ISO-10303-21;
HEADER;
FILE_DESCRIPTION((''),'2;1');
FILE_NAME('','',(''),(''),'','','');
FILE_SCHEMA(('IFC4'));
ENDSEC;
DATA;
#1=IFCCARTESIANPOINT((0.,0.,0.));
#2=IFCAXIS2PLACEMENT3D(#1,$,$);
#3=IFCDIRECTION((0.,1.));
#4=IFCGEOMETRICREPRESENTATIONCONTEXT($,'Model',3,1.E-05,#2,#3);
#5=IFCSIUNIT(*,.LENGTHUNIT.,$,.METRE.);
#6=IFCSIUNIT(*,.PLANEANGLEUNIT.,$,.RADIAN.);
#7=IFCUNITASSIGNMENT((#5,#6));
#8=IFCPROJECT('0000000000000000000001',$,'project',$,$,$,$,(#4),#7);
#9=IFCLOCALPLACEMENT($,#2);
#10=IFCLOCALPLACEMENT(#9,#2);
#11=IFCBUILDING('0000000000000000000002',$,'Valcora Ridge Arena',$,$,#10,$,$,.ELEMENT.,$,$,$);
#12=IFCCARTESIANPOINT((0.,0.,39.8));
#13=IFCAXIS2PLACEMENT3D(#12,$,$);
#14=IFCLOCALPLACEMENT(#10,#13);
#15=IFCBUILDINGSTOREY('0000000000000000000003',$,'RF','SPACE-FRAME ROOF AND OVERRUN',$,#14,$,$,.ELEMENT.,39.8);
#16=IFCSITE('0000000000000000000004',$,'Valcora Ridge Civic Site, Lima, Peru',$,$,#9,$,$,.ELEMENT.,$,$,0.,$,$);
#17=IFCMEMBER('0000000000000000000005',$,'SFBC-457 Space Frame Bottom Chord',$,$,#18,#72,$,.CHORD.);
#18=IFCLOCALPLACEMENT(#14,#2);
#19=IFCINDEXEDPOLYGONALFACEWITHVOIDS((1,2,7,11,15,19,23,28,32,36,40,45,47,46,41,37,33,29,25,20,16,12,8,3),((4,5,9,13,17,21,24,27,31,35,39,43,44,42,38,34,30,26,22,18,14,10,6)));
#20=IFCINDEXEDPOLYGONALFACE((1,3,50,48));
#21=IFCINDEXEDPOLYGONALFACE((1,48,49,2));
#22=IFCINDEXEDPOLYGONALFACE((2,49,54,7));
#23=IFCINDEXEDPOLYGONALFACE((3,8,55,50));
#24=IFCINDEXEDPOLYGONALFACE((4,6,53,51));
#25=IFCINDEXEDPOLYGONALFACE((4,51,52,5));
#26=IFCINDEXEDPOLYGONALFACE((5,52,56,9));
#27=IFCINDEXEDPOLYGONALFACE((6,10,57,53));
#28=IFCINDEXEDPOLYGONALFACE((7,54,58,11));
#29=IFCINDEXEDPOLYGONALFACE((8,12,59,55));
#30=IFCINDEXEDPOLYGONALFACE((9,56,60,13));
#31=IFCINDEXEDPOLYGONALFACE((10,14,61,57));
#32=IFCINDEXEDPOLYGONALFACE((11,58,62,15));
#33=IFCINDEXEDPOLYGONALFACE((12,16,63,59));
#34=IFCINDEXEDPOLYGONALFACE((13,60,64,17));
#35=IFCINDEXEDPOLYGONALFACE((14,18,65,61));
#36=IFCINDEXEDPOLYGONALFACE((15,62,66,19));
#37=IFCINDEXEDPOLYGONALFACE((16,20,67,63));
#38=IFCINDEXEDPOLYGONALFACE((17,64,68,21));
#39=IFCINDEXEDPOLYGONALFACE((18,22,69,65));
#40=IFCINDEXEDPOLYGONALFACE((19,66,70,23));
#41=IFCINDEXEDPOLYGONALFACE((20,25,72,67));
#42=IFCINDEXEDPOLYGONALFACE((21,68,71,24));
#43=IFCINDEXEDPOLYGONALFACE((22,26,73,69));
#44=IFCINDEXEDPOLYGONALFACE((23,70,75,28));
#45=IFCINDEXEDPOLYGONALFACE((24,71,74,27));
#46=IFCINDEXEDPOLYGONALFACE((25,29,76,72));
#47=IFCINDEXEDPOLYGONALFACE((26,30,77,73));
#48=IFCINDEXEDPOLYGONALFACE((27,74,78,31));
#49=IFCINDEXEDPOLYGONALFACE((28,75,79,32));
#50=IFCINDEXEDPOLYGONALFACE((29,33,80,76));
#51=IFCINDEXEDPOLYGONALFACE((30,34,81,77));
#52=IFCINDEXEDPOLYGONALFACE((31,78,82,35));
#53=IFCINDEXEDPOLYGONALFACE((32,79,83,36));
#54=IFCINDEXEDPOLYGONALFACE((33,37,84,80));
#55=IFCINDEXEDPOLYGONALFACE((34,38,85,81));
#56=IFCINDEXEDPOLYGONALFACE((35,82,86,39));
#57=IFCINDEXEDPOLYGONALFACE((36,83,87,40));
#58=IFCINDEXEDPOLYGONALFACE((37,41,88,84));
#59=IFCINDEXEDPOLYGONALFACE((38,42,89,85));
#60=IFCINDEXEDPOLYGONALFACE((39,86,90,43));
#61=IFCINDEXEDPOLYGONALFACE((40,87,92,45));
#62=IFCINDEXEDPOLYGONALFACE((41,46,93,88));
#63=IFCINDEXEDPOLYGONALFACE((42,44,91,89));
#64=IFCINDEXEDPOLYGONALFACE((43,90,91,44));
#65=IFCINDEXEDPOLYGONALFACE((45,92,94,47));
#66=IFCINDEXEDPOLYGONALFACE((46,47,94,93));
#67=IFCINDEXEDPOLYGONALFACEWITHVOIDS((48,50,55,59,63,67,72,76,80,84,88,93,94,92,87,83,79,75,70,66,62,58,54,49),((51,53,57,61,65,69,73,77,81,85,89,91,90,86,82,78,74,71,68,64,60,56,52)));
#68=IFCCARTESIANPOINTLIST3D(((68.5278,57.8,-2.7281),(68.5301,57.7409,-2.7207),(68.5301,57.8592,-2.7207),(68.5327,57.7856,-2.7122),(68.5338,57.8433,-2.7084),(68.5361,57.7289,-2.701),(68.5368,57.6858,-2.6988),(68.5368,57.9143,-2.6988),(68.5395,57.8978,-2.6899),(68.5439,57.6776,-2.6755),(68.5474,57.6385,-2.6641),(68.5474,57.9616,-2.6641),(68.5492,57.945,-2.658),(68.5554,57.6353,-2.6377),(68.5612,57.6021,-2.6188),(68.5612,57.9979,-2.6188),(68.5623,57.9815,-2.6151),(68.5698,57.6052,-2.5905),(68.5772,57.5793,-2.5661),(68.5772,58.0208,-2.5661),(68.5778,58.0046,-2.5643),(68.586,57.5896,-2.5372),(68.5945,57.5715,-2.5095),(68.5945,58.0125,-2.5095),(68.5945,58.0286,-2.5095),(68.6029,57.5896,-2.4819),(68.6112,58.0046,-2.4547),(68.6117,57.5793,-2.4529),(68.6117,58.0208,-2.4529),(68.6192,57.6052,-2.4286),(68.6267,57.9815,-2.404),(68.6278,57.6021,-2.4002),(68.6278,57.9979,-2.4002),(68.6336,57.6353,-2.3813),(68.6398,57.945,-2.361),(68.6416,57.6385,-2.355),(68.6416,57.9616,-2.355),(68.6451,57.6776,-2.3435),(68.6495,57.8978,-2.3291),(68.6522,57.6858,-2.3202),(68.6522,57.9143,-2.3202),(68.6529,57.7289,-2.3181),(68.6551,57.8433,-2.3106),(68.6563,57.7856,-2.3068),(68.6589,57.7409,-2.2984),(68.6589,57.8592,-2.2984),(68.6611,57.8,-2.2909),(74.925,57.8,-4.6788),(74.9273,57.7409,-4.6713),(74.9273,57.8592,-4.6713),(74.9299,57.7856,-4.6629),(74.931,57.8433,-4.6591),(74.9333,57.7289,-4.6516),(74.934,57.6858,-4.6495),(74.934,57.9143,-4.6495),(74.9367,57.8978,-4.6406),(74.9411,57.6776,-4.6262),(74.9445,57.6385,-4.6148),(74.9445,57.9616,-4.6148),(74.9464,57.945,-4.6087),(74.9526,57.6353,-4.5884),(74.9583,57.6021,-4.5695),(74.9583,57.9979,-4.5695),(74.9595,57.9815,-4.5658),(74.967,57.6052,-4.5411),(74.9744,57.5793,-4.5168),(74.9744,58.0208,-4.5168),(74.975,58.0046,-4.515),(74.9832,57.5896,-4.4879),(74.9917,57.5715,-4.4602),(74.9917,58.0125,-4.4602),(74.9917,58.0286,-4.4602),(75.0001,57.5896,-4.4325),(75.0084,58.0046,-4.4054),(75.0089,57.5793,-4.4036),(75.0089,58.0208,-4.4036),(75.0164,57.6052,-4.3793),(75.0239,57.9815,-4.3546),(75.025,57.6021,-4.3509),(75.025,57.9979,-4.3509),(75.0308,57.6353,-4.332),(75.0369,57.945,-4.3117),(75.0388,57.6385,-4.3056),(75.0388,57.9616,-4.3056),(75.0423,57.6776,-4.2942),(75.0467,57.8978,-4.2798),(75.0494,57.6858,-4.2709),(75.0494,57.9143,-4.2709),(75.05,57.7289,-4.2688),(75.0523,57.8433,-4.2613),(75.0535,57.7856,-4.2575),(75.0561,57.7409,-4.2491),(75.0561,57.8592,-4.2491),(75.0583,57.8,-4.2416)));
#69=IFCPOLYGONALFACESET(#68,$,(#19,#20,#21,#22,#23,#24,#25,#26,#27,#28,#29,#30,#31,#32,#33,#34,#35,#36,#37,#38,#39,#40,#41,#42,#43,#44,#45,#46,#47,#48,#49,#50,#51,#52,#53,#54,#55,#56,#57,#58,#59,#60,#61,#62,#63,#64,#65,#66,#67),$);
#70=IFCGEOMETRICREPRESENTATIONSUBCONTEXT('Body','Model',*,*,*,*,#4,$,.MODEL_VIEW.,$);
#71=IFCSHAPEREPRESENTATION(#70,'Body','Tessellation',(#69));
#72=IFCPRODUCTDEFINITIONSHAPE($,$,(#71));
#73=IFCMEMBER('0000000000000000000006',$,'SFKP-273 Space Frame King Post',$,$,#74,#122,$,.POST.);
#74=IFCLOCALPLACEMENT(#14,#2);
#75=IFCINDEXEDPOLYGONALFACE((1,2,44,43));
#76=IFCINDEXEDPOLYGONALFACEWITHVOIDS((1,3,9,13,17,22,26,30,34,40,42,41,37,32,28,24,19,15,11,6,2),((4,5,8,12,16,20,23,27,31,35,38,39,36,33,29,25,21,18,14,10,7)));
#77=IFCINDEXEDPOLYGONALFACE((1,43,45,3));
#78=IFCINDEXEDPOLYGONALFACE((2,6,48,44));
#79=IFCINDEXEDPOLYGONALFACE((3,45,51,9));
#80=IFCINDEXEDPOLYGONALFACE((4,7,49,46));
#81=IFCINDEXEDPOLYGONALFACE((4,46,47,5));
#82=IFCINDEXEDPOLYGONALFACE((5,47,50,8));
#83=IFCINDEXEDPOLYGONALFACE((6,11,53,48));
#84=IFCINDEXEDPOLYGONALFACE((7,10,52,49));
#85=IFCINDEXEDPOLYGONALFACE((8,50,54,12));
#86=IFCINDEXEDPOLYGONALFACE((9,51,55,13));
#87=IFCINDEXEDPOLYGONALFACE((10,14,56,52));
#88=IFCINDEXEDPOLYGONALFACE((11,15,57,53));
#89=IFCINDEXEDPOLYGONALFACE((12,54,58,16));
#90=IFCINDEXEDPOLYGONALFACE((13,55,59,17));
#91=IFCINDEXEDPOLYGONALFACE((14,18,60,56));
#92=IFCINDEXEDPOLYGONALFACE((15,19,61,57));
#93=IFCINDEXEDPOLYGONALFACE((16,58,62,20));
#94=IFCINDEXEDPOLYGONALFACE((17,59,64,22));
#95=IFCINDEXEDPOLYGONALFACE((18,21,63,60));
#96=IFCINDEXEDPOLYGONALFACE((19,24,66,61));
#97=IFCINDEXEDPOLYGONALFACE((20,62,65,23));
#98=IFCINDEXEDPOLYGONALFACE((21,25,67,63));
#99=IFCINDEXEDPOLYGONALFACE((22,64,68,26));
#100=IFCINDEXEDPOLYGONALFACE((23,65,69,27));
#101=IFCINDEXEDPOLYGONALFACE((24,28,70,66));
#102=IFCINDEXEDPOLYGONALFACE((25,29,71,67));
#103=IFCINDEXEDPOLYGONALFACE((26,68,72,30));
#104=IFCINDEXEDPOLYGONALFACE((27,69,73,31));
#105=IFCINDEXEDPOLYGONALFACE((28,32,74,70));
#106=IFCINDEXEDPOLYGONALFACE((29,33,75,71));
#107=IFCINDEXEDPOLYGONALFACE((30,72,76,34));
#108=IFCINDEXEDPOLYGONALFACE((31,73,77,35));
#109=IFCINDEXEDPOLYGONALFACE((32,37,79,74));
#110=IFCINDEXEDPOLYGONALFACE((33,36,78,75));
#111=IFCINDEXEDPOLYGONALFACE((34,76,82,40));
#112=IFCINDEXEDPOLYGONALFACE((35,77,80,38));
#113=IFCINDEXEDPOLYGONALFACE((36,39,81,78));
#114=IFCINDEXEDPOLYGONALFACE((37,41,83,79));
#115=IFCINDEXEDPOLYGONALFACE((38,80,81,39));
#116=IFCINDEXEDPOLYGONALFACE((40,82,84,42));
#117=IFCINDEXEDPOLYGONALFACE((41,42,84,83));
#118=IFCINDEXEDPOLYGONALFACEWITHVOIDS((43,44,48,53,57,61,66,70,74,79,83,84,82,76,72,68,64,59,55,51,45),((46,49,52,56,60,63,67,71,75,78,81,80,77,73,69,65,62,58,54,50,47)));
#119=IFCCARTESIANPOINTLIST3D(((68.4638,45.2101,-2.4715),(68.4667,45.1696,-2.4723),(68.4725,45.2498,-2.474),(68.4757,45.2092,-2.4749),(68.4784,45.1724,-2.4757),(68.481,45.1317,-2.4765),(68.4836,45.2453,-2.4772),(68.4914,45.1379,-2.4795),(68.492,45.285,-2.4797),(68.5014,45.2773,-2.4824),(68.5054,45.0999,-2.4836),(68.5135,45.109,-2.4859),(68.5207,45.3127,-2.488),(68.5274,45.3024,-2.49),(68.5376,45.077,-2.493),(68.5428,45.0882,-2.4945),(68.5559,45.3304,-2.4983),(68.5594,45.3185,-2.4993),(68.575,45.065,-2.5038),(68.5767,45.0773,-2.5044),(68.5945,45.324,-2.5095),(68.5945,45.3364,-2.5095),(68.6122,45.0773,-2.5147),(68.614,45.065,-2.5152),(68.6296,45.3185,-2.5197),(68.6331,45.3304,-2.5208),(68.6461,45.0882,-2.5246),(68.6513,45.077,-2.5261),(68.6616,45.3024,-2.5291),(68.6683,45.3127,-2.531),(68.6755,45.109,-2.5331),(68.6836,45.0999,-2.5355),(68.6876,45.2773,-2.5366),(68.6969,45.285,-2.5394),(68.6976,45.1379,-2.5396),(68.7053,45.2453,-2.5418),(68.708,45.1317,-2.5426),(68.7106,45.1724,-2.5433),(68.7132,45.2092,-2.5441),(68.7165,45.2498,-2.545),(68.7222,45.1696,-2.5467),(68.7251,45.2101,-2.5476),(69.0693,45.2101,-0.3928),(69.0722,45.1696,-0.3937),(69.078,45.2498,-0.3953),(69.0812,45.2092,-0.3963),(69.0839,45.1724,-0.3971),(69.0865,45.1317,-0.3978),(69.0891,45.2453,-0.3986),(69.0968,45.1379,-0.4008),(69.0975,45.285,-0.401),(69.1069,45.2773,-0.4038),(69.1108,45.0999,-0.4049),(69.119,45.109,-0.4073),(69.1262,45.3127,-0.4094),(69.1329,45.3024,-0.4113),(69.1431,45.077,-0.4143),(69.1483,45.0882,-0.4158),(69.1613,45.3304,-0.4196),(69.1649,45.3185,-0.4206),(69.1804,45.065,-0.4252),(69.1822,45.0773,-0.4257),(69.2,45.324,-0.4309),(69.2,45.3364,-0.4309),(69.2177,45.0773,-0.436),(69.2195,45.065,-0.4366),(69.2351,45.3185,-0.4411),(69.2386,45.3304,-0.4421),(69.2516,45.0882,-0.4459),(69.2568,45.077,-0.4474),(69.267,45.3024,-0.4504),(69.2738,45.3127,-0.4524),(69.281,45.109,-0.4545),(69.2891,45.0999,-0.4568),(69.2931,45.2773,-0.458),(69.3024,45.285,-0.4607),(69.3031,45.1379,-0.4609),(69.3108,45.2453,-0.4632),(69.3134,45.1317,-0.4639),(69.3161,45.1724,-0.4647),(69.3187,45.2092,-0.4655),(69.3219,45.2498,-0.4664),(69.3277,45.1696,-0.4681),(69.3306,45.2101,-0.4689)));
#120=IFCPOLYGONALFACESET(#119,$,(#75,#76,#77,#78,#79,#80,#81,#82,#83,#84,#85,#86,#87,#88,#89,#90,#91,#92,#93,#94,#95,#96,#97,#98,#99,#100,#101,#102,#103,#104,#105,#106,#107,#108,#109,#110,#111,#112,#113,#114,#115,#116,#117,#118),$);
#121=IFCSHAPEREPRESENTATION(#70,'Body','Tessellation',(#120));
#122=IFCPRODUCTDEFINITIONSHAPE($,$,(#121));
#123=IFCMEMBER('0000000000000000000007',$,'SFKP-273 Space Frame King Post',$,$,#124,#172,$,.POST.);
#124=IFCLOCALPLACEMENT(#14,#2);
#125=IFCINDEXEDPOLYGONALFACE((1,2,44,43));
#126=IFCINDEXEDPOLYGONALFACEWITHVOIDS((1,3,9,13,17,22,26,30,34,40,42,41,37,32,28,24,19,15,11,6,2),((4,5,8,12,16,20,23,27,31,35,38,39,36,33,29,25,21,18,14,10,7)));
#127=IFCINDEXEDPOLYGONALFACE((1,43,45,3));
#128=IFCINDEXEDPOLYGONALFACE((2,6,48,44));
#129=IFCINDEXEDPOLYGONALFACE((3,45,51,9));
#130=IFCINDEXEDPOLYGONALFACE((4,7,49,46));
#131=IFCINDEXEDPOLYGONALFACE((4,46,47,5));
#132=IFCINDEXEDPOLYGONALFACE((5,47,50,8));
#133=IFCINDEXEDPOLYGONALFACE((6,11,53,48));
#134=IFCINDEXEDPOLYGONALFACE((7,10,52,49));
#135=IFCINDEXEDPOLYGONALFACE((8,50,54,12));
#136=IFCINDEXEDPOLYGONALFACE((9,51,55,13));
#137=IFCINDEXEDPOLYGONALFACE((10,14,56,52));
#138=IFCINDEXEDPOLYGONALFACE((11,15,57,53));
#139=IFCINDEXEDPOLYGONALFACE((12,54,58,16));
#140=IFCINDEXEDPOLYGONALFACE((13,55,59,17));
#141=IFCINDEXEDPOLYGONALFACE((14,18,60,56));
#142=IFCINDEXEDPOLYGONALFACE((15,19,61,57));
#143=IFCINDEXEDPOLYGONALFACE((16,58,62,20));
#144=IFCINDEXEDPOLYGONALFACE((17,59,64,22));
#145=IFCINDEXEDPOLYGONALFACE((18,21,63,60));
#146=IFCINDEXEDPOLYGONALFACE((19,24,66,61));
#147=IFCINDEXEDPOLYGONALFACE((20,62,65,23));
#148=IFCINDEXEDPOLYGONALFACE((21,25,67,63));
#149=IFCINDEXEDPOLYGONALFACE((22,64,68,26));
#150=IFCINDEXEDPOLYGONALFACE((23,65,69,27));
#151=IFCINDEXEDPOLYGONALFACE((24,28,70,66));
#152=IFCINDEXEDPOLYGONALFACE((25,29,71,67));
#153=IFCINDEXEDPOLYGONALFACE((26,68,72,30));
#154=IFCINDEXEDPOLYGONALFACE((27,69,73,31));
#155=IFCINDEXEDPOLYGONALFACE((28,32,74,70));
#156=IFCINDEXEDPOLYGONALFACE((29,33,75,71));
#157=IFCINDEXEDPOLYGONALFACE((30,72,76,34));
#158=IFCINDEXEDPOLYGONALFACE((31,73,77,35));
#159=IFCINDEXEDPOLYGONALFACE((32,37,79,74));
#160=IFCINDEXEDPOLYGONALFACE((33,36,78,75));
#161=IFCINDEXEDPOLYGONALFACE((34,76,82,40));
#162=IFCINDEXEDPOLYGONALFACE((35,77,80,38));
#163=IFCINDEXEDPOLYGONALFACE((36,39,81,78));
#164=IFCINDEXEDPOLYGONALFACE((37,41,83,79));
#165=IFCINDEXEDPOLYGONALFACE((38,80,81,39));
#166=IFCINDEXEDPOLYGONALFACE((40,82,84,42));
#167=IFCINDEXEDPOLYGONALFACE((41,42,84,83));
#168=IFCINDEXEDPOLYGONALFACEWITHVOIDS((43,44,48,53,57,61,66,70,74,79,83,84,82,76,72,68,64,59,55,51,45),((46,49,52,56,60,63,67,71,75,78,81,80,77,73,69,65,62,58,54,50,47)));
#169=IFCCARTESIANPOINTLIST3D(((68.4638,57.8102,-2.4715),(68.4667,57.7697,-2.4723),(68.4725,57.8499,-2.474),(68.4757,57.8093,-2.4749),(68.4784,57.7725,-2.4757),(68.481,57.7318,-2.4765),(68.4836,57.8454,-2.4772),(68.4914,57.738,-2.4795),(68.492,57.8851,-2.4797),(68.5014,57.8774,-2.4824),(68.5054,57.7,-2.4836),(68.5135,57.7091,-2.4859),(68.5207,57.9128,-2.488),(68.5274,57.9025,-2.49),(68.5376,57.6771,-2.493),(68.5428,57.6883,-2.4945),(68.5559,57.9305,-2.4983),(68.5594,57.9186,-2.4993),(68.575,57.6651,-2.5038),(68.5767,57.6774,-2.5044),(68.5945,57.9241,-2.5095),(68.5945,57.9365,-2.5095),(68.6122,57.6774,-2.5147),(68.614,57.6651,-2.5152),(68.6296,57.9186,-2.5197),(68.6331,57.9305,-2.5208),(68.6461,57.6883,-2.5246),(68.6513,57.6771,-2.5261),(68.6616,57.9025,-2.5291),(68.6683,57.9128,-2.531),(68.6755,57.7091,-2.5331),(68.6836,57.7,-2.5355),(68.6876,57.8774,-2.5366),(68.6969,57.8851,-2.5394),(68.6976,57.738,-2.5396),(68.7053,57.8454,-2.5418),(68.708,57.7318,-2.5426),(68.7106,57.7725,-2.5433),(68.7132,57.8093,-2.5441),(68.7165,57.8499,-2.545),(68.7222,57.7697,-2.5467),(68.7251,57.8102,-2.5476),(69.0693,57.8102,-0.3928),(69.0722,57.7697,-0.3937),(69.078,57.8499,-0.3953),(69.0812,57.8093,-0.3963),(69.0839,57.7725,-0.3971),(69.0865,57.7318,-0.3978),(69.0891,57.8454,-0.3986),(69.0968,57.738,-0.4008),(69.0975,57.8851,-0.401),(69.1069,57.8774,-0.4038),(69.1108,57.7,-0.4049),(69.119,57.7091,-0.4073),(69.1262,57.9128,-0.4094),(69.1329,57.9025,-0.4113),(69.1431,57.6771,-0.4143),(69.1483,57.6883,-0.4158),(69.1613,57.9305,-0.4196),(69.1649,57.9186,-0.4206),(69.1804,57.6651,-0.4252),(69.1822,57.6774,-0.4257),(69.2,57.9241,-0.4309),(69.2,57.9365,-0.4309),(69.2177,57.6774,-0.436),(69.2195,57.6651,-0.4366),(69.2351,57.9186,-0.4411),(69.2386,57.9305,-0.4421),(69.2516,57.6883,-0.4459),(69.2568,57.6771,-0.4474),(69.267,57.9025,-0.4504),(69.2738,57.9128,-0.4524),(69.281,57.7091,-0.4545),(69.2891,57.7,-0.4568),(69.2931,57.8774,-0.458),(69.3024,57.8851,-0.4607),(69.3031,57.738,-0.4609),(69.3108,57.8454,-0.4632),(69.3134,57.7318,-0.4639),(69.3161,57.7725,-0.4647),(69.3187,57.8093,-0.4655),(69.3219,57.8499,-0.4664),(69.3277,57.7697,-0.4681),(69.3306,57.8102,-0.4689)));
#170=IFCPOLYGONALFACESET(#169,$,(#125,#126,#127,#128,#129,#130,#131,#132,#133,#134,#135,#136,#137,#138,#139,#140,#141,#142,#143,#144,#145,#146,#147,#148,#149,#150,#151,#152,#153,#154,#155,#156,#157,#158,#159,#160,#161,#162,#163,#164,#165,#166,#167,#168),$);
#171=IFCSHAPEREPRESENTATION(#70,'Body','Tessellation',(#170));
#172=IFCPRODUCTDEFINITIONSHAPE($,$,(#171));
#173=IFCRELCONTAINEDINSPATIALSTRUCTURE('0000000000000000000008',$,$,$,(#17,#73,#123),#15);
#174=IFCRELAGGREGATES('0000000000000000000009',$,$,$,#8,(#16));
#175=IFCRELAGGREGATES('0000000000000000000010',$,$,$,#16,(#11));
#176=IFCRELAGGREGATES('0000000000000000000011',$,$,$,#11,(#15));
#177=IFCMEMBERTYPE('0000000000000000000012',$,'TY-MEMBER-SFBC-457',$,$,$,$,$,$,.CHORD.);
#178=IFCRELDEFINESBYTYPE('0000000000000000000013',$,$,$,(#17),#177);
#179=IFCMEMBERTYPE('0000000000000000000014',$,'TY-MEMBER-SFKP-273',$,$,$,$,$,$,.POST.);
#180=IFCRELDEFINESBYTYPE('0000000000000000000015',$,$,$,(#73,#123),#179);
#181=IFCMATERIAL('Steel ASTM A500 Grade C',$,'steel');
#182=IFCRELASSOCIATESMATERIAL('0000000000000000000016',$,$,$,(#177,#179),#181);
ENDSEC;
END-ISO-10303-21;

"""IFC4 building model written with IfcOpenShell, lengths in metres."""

from ifc_helpers import new_model, si_unit, direction, frame, origin, origin_2d, place, context, subcontext, project, spatial, hollow_circle, extrude, material, material_profile, profile_set, type_object, element, save


model = new_model("IFC4")

# Units and contexts
model_context = context("Model", 3, precision=1e-05, world=origin(), true_north=direction((0.0, 1.0)))
body_context = subcontext(model_context, "Body", "Model", "MODEL_VIEW")
ifc_project = project(units=[si_unit("LENGTHUNIT", "METRE"), si_unit("PLANEANGLEUNIT", "RADIAN")], contexts=[model_context])

# Site, building, storey
site_placement = place(None, origin())
site = spatial("IfcSite", under=ifc_project, at=site_placement, Name="Valcora Ridge Civic Site, Lima, Peru", CompositionType="ELEMENT", RefElevation=0.0)
building_placement = place(site_placement, origin())
building = spatial("IfcBuilding", under=site, at=building_placement, Name="Valcora Ridge Arena", CompositionType="ELEMENT")
storey_placement = place(building_placement, frame((0.0, 0.0, 39.8)))
storey = spatial("IfcBuildingStorey", under=building, at=storey_placement, Name="RF", Description="SPACE-FRAME ROOF AND OVERRUN", CompositionType="ELEMENT", Elevation=39.8)

# Members
ifc_material_1 = material(Name="Steel ASTM A500 Grade C", Category="steel")
ifc_material_profile_1 = material_profile(ifc_material_1, hollow_circle(Radius=0.2285, WallThickness=0.0161, at=origin_2d()), Name="CHS457X16")
ifc_profile_set_1 = profile_set([ifc_material_profile_1], Name="Steel ASTM A500 Grade C")
member_type_1 = type_object("IfcMemberType", Name="TY-MEMBER-SFBC-457", PredefinedType="CHORD", material=ifc_profile_set_1)
for number, where, z_axis, x_axis, name in (
    (1, (68.5945, 57.8, -2.5095), (0.956519, 0.0, -0.291669), (0.0, 1.0, 0.0), "SFBC-457 Space Frame Bottom Chord"),
):
    element("IfcMember", number, at=place(storey_placement, frame(where, z_axis=z_axis, x_axis=x_axis)), inside=storey, type_object=member_type_1, Name=name, PredefinedType="CHORD", context=body_context, shape_type="SweptSolid", body=[
        extrude(hollow_circle(Radius=0.2285, WallThickness=0.0161, at=origin_2d()), origin(), (0.0, 0.0, 1.0), 6.688),
    ])
ifc_material_profile_2 = material_profile(ifc_material_1, hollow_circle(Radius=0.1365, WallThickness=0.0125, at=origin_2d()), Name="CHS273X12")
ifc_profile_set_2 = profile_set([ifc_material_profile_2], Name="Steel ASTM A500 Grade C")
member_type_2 = type_object("IfcMemberType", Name="TY-MEMBER-SFKP-273", PredefinedType="POST", material=ifc_profile_set_2)
for number, where, z_axis, x_axis, name in (
    (2, (68.5945, 45.2, -2.5095), (0.279662, 0.0, 0.960098), (0.0, 1.0, 0.0), "SFKP-273 Space Frame King Post"),
    (3, (68.5945, 57.8, -2.5095), (0.279662, 0.0, 0.960098), (0.0, 1.0, 0.0), "SFKP-273 Space Frame King Post"),
):
    element("IfcMember", number, at=place(storey_placement, frame(where, z_axis=z_axis, x_axis=x_axis)), inside=storey, type_object=member_type_2, Name=name, PredefinedType="POST", context=body_context, shape_type="SweptSolid", body=[
        extrude(hollow_circle(Radius=0.1365, WallThickness=0.0125, at=origin_2d()), origin(), (0.0, 0.0, 1.0), 2.165),
    ])

save(model, "model.ifc")
